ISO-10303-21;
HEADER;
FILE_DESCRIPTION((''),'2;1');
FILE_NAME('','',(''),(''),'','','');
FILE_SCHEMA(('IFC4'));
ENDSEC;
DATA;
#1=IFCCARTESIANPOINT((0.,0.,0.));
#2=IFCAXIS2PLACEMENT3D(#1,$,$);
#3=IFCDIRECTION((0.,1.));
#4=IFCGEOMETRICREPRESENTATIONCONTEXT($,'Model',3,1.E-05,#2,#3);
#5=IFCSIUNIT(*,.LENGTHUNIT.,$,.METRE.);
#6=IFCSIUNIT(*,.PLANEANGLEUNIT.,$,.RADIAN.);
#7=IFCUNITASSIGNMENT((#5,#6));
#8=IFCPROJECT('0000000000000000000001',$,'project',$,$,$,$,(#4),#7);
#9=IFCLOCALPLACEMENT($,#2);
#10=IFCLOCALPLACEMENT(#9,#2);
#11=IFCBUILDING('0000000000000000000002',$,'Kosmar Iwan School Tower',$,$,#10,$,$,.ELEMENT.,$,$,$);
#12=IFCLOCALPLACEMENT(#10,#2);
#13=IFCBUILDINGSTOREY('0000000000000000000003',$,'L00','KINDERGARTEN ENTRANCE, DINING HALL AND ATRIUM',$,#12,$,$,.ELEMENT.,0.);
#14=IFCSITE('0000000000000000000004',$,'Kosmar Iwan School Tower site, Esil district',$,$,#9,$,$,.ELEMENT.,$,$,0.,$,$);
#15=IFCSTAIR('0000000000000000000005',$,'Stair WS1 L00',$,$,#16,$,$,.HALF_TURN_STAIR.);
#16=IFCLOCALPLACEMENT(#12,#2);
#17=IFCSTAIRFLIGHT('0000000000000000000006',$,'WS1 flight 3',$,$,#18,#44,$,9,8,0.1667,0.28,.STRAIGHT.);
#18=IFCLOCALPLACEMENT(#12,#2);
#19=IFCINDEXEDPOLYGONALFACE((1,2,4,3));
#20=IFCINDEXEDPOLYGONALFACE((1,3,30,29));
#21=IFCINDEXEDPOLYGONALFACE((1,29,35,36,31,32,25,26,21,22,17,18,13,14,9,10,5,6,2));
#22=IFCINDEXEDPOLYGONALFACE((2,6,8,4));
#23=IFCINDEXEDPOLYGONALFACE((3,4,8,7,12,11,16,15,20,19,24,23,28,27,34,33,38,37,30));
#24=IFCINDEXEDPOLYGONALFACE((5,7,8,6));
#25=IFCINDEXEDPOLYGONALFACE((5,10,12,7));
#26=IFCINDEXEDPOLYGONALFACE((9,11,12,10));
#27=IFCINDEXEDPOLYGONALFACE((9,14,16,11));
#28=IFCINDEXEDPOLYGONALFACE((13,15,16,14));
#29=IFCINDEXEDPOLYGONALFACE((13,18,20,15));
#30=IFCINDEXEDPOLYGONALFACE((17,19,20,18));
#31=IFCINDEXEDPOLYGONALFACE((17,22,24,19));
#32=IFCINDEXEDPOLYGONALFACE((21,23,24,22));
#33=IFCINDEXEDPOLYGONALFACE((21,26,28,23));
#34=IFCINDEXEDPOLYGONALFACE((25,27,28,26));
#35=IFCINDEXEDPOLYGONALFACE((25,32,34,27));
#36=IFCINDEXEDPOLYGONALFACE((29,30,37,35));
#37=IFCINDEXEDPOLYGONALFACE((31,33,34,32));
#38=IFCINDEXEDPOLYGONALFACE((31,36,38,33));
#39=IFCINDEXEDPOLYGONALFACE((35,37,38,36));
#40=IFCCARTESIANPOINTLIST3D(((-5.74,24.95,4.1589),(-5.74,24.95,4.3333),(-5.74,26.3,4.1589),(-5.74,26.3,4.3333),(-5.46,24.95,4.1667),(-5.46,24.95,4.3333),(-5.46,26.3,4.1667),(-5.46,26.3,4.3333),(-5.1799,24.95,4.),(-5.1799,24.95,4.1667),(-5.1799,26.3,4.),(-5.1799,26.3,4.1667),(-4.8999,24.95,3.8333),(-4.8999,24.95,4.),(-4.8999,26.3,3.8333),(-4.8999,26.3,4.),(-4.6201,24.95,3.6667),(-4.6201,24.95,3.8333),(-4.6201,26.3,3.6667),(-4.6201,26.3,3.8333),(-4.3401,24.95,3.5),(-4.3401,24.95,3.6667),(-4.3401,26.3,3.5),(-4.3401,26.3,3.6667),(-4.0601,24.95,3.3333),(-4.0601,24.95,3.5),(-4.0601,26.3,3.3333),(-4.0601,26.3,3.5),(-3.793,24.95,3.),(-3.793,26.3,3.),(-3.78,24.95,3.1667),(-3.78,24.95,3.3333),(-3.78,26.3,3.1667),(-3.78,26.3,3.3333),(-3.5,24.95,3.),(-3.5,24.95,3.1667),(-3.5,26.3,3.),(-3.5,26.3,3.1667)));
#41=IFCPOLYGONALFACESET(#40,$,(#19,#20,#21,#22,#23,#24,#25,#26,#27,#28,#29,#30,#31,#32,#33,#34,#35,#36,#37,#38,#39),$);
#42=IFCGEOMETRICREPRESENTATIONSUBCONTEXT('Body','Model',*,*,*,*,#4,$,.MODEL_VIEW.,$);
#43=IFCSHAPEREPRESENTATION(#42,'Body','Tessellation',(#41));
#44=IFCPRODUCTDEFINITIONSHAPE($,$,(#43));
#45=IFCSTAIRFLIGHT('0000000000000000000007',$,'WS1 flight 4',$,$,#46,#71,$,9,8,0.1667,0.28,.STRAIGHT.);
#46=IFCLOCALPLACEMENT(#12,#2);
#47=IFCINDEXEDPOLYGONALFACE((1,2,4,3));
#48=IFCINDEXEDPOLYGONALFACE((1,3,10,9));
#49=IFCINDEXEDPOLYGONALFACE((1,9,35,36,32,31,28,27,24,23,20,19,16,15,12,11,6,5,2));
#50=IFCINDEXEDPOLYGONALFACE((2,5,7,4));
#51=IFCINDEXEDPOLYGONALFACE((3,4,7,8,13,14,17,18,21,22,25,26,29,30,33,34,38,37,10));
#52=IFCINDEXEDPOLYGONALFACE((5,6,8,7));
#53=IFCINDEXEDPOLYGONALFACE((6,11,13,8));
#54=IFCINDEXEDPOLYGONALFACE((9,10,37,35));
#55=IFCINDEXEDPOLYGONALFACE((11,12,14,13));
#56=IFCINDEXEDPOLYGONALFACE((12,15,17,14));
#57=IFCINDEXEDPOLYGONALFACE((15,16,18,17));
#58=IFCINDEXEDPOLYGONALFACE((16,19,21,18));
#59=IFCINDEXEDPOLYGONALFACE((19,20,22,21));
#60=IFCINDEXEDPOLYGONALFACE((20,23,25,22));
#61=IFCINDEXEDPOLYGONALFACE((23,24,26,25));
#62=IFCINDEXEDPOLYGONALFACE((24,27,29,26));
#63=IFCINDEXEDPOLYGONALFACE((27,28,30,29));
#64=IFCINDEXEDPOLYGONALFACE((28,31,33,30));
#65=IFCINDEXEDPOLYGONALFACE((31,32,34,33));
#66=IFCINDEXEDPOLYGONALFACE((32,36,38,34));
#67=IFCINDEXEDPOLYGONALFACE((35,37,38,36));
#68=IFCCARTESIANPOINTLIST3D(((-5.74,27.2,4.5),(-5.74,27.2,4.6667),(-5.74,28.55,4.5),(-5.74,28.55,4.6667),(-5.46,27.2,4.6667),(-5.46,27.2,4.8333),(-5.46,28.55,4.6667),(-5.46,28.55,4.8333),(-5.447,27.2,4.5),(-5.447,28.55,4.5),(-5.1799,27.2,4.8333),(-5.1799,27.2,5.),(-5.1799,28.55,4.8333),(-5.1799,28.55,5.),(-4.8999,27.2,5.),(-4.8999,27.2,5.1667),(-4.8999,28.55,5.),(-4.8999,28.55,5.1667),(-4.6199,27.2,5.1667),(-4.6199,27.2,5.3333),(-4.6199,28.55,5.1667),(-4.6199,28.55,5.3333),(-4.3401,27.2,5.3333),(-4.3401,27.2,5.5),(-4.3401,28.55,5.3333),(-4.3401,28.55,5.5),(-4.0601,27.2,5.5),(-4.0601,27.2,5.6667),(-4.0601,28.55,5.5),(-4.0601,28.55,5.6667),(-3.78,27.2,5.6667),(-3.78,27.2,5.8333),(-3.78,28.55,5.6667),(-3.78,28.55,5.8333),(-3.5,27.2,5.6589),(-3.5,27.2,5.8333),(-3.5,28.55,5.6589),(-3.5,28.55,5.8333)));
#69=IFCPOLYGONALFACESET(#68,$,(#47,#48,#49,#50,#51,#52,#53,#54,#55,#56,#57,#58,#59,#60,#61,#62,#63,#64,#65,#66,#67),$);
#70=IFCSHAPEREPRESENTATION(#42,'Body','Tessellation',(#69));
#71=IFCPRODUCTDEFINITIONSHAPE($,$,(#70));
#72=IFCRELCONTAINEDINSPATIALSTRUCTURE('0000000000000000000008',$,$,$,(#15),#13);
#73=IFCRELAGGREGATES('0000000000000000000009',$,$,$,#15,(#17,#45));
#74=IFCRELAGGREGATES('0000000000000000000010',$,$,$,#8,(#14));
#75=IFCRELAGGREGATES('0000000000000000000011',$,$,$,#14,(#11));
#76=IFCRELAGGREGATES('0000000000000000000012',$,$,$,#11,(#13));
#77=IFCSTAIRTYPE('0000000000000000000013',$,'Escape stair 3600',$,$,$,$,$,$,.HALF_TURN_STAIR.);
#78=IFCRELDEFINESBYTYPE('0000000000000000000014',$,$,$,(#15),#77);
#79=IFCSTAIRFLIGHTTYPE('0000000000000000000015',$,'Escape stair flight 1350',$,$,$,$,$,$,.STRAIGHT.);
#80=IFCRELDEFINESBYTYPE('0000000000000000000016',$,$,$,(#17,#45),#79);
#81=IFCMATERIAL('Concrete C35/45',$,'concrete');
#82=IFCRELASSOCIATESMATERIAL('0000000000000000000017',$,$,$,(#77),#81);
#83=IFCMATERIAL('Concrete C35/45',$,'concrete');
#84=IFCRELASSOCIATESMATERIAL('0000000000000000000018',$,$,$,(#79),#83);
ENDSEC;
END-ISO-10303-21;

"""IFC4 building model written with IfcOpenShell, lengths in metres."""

from ifc_helpers import new_model, si_unit, direction, frame, origin, place, context, subcontext, project, spatial, polyline, outline, extrude, material, type_object, element, aggregate, save


model = new_model("IFC4")

# Units and contexts
model_context = context("Model", 3, precision=1e-05, world=origin(), true_north=direction((0.0, 1.0)))
body_context = subcontext(model_context, "Body", "Model", "MODEL_VIEW")
ifc_project = project(units=[si_unit("LENGTHUNIT", "METRE"), si_unit("PLANEANGLEUNIT", "RADIAN")], contexts=[model_context])

# Site, building, storey
site_placement = place(None, origin())
site = spatial("IfcSite", under=ifc_project, at=site_placement, Name="Kosmar Iwan School Tower site, Esil district", CompositionType="ELEMENT", RefElevation=0.0)
building_placement = place(site_placement, origin())
building = spatial("IfcBuilding", under=site, at=building_placement, Name="Kosmar Iwan School Tower", CompositionType="ELEMENT")
storey_placement = place(building_placement, origin())
storey = spatial("IfcBuildingStorey", under=building, at=storey_placement, Name="L00", Description="KINDERGARTEN ENTRANCE, DINING HALL AND ATRIUM", CompositionType="ELEMENT", Elevation=0.0)

# Stair, stair flights
ifc_material_1 = material(Name="Concrete C35/45", Category="concrete")
stair_type = type_object("IfcStairType", Name="Escape stair 3600", PredefinedType="HALF_TURN_STAIR", material=ifc_material_1)
stair_placement = place(storey_placement, origin())
stair = element("IfcStair", 1, at=stair_placement, inside=storey, type_object=stair_type, Name="Stair WS1 L00", PredefinedType="HALF_TURN_STAIR")
ifc_material_2 = material(Name="Concrete C35/45", Category="concrete")
stair_flight_type = type_object("IfcStairFlightType", Name="Escape stair flight 1350", PredefinedType="STRAIGHT", material=ifc_material_2)
stair_flight_1_placement = place(storey_placement, frame((-3.5, 25.625, 3.0), z_axis=(0.0, 0.0, 1.0), x_axis=(-1.0, 0.0, 0.0)))
stair_flight_1 = element("IfcStairFlight", 2, at=stair_flight_1_placement, type_object=stair_flight_type, Name="WS1 flight 3", NumberOfRisers=9, NumberOfTreads=8, PredefinedType="STRAIGHT", RiserHeight=0.1667, TreadLength=0.28, context=body_context, shape_type="SweptSolid", body=[
    extrude(outline(polyline([(0.0, 0.0), (0.0, 0.1667), (0.28, 0.1667), (0.28, 0.3333), (0.5601, 0.3333), (0.5601, 0.5), (0.8401, 0.5), (0.8401, 0.6667), (1.1201, 0.6667), (1.1201, 0.8333), (1.3999, 0.8333), (1.3999, 1.0), (1.6799, 1.0), (1.6799, 1.1667), (1.96, 1.1667), (1.96, 1.3333), (2.24, 1.3333), (2.24, 1.5), (2.24, 1.1589), (0.293, 0.0), (0.0, 0.0)])), frame((0.0, 0.675, 0.0), z_axis=(0.0, -1.0, 0.0), x_axis=(1.0, 0.0, 0.0)), (0.0, 0.0, 1.0), 1.3501),
])
stair_flight_2_placement = place(storey_placement, frame((-5.74, 27.875, 4.5), z_axis=(0.0, 0.0, 1.0), x_axis=(1.0, 0.0, 0.0)))
stair_flight_2 = element("IfcStairFlight", 3, at=stair_flight_2_placement, type_object=stair_flight_type, Name="WS1 flight 4", NumberOfRisers=9, NumberOfTreads=8, PredefinedType="STRAIGHT", RiserHeight=0.1667, TreadLength=0.28, context=body_context, shape_type="SweptSolid", body=[
    extrude(outline(polyline([(0.0, 0.0), (0.0, 0.1667), (0.28, 0.1667), (0.28, 0.3333), (0.5601, 0.3333), (0.5601, 0.5), (0.8401, 0.5), (0.8401, 0.6667), (1.1201, 0.6667), (1.1201, 0.8333), (1.3999, 0.8333), (1.3999, 1.0), (1.6799, 1.0), (1.6799, 1.1667), (1.96, 1.1667), (1.96, 1.3333), (2.24, 1.3333), (2.24, 1.5), (2.24, 1.1589), (0.293, 0.0), (0.0, 0.0)])), frame((0.0, 0.675, 0.0), z_axis=(0.0, -1.0, 0.0), x_axis=(1.0, 0.0, 0.0)), (0.0, 0.0, 1.0), 1.3501),
])
aggregate(stair, [stair_flight_1, stair_flight_2])

save(model, "model.ifc")
